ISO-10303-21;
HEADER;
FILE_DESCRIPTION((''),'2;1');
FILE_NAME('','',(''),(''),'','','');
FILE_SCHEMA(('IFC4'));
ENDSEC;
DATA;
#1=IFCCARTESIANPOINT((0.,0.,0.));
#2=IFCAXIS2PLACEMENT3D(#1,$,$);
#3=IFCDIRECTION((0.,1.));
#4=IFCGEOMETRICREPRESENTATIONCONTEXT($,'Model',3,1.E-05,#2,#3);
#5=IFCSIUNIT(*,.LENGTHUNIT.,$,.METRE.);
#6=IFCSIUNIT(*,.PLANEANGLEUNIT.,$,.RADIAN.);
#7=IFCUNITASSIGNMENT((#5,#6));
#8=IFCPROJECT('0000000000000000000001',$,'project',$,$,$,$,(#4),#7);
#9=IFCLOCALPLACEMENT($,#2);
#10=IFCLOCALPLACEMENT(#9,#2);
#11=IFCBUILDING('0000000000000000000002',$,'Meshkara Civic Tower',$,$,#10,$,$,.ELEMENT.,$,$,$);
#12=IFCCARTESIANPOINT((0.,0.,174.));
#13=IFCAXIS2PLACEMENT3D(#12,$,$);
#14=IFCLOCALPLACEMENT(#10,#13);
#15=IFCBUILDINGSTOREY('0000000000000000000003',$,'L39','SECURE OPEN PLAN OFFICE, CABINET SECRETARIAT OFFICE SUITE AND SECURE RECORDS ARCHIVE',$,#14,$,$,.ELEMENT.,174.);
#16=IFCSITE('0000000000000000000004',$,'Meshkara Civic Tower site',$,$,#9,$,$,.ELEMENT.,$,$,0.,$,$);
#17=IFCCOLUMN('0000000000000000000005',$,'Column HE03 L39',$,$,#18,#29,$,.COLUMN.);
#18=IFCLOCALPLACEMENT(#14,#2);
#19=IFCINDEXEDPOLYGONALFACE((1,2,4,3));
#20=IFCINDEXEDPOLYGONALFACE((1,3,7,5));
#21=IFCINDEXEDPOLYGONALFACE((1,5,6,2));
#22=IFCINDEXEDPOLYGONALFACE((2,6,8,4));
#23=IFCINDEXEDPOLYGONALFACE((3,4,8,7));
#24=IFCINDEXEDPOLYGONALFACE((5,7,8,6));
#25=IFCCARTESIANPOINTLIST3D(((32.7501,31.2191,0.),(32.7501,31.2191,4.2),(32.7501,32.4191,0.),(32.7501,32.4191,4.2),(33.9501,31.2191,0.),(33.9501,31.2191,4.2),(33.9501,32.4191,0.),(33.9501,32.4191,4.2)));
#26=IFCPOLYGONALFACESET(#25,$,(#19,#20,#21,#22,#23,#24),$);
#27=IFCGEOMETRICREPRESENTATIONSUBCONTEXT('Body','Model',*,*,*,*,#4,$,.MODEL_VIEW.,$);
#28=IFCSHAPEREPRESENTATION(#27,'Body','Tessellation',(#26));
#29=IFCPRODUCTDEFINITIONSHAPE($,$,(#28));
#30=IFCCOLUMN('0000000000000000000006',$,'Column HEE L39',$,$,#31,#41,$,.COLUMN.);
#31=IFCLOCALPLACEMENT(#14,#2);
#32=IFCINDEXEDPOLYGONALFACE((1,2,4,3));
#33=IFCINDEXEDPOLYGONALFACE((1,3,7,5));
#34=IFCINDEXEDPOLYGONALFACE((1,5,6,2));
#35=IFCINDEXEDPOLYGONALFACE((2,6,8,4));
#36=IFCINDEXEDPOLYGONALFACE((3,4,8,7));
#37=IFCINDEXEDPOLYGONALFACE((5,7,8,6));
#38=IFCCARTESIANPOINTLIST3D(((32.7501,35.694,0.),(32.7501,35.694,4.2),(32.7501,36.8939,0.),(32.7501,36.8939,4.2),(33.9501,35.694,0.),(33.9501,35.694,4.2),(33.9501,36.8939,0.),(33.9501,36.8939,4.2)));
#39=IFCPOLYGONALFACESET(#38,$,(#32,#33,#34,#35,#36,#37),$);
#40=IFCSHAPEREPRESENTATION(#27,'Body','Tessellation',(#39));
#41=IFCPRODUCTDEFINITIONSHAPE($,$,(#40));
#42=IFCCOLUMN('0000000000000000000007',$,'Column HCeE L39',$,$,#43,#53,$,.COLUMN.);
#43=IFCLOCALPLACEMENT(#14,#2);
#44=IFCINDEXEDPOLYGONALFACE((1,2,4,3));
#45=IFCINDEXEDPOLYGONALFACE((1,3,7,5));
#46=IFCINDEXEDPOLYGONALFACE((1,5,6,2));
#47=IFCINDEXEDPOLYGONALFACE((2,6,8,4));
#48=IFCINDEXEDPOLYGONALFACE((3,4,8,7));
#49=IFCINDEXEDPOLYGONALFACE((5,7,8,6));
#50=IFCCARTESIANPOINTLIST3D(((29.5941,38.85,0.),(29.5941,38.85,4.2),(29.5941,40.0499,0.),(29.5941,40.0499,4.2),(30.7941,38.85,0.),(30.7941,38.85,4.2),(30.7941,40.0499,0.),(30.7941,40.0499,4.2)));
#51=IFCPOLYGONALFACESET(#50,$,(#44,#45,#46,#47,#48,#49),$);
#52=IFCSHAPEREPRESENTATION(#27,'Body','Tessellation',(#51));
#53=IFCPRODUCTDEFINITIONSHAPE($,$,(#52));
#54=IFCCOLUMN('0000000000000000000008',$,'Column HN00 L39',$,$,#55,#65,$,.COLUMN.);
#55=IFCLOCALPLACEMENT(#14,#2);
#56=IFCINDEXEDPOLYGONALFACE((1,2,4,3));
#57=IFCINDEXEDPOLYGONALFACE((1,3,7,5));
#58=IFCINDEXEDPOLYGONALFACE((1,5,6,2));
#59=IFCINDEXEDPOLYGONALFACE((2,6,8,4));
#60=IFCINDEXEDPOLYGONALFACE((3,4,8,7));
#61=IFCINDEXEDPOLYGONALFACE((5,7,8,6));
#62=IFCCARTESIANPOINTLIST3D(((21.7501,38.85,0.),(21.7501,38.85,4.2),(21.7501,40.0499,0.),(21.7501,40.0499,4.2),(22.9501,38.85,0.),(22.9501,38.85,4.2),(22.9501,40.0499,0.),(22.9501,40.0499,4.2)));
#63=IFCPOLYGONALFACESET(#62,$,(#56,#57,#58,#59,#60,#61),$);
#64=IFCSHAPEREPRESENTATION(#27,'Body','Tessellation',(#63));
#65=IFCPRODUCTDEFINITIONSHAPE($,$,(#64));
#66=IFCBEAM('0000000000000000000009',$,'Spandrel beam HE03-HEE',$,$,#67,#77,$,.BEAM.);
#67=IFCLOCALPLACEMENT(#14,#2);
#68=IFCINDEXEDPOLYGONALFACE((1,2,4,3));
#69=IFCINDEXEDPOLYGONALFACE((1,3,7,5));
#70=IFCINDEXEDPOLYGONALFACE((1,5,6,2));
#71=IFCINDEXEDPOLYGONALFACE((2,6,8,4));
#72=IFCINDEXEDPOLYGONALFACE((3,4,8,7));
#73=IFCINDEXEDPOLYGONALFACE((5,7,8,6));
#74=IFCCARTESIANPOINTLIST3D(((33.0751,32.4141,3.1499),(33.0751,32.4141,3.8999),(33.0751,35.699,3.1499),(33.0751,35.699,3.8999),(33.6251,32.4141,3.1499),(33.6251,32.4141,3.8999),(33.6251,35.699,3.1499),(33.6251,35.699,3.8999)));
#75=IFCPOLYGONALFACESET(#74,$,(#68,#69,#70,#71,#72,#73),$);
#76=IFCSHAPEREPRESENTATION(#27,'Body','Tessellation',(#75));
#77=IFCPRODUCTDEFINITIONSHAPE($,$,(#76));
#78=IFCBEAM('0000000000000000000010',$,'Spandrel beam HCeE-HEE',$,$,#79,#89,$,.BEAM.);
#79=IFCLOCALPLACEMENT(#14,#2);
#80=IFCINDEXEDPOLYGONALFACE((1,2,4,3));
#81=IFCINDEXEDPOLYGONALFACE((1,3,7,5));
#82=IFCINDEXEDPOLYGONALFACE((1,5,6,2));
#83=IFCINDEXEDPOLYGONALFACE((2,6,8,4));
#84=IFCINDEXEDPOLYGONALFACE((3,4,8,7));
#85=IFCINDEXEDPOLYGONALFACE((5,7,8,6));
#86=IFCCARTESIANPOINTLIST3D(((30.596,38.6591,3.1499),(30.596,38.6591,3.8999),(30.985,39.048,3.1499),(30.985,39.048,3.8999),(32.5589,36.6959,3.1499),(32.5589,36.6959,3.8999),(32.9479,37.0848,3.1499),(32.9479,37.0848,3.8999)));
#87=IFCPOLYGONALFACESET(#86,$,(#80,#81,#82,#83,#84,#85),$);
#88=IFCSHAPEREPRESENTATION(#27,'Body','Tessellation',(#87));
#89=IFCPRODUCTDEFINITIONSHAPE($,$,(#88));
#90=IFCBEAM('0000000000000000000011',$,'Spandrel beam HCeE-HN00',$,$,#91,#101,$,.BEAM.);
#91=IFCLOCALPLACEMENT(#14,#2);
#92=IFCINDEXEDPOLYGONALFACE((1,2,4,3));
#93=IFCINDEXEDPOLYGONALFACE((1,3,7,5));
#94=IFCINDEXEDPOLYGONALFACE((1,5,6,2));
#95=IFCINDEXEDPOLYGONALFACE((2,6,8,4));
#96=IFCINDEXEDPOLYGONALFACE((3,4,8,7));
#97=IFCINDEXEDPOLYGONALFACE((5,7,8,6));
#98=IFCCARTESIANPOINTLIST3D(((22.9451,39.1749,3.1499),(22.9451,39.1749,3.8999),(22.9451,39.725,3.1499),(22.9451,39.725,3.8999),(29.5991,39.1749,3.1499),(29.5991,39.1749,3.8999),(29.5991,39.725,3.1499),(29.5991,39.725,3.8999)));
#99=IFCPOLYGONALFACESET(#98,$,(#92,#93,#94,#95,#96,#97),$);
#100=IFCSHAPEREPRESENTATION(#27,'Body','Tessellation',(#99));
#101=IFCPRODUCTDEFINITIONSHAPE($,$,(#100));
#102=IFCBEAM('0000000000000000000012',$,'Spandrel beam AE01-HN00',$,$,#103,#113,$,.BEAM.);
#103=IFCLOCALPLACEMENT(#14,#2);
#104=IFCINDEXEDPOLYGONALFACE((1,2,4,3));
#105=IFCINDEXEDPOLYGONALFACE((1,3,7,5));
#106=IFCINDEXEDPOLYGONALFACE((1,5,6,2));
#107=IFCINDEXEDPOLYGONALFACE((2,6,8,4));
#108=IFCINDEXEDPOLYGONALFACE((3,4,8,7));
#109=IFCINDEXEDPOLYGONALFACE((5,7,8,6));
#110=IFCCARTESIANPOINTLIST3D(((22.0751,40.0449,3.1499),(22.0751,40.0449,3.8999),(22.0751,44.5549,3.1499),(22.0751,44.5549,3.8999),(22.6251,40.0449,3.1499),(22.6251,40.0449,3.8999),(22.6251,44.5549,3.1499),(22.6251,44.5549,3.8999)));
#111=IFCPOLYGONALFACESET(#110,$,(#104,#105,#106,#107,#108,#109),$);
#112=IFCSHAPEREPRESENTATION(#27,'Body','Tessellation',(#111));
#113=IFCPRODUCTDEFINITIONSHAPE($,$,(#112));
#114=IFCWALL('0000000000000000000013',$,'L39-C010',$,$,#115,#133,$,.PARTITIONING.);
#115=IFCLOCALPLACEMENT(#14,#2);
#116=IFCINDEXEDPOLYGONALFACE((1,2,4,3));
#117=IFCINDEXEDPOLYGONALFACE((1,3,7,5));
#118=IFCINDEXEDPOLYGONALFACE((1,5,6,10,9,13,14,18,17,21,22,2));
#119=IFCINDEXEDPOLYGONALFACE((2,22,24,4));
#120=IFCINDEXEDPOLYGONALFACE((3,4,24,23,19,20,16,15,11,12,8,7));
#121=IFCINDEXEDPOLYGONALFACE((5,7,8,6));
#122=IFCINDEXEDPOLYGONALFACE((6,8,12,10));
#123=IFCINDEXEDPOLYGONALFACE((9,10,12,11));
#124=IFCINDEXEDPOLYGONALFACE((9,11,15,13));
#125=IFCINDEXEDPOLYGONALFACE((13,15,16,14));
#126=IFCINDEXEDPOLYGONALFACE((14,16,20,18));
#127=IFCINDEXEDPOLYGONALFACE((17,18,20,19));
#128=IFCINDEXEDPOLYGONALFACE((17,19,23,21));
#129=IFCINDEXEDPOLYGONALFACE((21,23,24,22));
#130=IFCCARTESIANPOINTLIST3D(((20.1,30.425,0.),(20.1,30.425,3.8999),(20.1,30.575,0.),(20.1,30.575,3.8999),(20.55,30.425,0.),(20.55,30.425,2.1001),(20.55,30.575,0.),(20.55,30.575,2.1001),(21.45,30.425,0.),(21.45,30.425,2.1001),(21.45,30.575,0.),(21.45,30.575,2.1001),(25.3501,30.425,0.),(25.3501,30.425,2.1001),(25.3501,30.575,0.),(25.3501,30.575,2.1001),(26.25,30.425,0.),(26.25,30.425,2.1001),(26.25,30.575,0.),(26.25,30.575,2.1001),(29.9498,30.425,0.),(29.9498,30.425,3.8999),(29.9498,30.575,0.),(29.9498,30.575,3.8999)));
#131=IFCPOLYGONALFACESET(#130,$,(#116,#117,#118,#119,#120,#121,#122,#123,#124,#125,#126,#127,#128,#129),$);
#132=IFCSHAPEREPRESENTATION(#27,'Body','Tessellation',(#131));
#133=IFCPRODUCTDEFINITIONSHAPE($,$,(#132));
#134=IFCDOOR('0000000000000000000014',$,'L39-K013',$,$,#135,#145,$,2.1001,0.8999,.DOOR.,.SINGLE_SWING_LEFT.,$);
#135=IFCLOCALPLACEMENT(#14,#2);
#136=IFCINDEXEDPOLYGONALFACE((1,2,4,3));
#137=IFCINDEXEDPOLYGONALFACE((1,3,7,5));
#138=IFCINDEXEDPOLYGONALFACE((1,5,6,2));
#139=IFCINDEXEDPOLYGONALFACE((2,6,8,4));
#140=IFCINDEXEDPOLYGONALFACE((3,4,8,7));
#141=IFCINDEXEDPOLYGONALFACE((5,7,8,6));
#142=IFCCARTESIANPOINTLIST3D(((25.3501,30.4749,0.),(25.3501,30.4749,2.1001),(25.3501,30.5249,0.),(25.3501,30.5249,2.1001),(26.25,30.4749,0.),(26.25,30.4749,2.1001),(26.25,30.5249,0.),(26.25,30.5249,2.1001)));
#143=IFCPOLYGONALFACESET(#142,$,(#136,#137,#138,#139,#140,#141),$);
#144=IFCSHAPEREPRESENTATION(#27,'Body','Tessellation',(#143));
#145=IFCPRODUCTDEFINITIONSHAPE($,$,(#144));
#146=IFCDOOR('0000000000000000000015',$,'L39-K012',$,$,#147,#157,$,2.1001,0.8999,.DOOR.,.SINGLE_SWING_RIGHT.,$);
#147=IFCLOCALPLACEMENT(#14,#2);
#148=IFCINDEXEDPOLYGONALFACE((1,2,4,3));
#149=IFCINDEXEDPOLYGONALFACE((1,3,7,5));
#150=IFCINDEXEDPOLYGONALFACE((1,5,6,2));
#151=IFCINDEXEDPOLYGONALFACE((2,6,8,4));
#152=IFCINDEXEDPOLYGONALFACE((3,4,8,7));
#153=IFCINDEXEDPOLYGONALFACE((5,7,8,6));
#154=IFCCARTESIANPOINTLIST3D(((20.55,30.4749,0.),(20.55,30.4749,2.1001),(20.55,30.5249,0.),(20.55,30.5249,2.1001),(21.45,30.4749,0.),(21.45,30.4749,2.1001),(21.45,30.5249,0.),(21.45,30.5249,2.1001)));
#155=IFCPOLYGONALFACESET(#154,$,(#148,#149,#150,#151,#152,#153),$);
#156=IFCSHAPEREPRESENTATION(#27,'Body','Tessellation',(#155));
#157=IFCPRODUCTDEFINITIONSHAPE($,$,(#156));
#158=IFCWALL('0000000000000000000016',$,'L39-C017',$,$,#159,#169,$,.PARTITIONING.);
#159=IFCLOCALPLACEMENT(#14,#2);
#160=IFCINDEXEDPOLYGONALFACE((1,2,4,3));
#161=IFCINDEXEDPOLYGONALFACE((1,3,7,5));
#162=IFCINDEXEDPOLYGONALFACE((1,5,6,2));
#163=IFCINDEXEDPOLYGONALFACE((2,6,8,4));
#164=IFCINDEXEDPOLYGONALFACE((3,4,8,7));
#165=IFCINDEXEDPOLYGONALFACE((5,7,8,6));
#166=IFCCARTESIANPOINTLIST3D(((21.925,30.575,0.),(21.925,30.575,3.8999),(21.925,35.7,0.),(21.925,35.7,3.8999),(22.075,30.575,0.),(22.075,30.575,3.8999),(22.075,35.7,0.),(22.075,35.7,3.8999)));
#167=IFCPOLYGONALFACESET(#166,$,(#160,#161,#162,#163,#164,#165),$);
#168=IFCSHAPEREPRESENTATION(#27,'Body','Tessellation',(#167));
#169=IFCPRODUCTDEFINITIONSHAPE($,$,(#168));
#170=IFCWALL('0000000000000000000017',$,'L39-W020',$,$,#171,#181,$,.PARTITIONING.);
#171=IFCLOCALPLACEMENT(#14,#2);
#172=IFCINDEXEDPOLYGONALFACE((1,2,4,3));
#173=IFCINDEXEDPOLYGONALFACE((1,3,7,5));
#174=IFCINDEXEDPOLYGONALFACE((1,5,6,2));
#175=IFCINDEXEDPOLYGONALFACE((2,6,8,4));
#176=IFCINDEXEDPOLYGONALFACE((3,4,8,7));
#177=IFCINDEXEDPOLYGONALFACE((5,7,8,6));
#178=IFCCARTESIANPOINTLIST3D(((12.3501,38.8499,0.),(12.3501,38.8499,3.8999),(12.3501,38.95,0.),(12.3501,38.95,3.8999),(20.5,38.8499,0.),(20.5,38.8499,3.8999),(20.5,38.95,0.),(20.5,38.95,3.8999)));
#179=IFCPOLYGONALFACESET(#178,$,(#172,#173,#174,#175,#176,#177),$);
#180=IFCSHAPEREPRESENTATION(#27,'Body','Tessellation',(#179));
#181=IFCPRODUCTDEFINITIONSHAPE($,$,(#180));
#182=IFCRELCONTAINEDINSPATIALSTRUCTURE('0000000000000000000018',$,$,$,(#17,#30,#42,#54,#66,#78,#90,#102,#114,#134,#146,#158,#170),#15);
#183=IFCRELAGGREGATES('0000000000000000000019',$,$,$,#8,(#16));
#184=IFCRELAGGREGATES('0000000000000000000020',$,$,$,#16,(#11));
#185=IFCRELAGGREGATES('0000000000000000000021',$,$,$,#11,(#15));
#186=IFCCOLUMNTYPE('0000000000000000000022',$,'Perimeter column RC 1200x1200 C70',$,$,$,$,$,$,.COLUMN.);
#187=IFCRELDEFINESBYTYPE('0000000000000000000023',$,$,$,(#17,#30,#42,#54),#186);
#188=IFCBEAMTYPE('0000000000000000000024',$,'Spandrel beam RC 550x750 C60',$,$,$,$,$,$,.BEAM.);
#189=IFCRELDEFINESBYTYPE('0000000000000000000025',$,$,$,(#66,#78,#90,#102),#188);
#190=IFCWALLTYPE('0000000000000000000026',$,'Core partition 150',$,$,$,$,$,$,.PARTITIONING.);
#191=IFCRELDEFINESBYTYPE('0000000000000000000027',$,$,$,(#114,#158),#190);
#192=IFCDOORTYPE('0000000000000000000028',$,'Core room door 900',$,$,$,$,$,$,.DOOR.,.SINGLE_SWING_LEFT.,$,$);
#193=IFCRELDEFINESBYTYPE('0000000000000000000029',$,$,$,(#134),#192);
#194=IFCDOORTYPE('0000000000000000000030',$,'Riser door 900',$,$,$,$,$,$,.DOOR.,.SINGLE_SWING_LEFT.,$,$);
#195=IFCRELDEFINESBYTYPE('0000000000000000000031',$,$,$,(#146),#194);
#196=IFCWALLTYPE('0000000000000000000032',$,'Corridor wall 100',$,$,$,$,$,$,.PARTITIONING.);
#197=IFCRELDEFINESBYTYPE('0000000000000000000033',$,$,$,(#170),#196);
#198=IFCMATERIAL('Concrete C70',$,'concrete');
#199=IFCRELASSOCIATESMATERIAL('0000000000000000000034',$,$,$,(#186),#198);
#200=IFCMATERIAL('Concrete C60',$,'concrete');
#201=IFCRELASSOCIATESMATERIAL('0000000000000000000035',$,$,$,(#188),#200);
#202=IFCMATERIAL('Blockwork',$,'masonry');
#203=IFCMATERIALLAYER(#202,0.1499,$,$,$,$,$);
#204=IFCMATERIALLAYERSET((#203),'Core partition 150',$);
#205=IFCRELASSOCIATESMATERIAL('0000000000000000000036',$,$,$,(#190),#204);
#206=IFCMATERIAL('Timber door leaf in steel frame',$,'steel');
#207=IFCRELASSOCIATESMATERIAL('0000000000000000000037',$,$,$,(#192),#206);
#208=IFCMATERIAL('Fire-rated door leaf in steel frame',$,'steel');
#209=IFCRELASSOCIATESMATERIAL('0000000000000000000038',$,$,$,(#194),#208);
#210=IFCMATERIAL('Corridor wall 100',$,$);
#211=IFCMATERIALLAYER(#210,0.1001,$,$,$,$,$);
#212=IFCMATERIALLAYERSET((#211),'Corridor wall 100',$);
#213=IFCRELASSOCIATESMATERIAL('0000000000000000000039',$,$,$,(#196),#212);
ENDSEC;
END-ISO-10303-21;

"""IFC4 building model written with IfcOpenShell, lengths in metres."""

from ifc_helpers import new_model, si_unit, direction, frame, frame_2d, origin, origin_2d, place, context, subcontext, project, spatial, rectangle, extrude, material, layer, layer_set, material_profile, profile_set, type_object, element, fill, save


model = new_model("IFC4")

# Units and contexts
model_context = context("Model", 3, precision=1e-05, world=origin(), true_north=direction((0.0, 1.0)))
body_context = subcontext(model_context, "Body", "Model", "MODEL_VIEW")
ifc_project = project(units=[si_unit("LENGTHUNIT", "METRE"), si_unit("PLANEANGLEUNIT", "RADIAN")], contexts=[model_context])

# Site, building, storey
site_placement = place(None, origin())
site = spatial("IfcSite", under=ifc_project, at=site_placement, Name="Meshkara Civic Tower site", CompositionType="ELEMENT", RefElevation=0.0)
building_placement = place(site_placement, origin())
building = spatial("IfcBuilding", under=site, at=building_placement, Name="Meshkara Civic Tower", CompositionType="ELEMENT")
storey_placement = place(building_placement, frame((0.0, 0.0, 174.0)))
storey = spatial("IfcBuildingStorey", under=building, at=storey_placement, Name="L39", Description="SECURE OPEN PLAN OFFICE, CABINET SECRETARIAT OFFICE SUITE AND SECURE RECORDS ARCHIVE", CompositionType="ELEMENT", Elevation=174.0)

# Columns
ifc_material_1 = material(Name="Concrete C70", Category="concrete")
ifc_material_profile_1 = material_profile(ifc_material_1, rectangle(XDim=1.2, YDim=1.2, at=origin_2d()))
ifc_profile_set_1 = profile_set([ifc_material_profile_1], Name="Concrete C70")
column_type = type_object("IfcColumnType", Name="Perimeter column RC 1200x1200 C70", PredefinedType="COLUMN", material=ifc_profile_set_1)
for number, where, z_axis, x_axis, name in (
    (1, (33.3501, 31.8191, 0.0), (0.0, 0.0, 1.0), (1.0, 0.0, 0.0), "Column HE03 L39"),
    (2, (33.3501, 36.2939, 0.0), (0.0, 0.0, 1.0), (1.0, 0.0, 0.0), "Column HEE L39"),
    (3, (30.1941, 39.45, 0.0), (0.0, 0.0, 1.0), (1.0, 0.0, 0.0), "Column HCeE L39"),
    (4, (22.3501, 39.45, 0.0), (0.0, 0.0, 1.0), (1.0, 0.0, 0.0), "Column HN00 L39"),
):
    element("IfcColumn", number, at=place(storey_placement, frame(where, z_axis=z_axis, x_axis=x_axis)), inside=storey, type_object=column_type, Name=name, PredefinedType="COLUMN", context=body_context, shape_type="SweptSolid", body=[
        extrude(rectangle(XDim=1.2, YDim=1.2, at=origin_2d()), origin(), (0.0, 0.0, 1.0), 4.2),
    ])

# Beams
ifc_material_2 = material(Name="Concrete C60", Category="concrete")
ifc_material_profile_2 = material_profile(ifc_material_2, rectangle(XDim=0.55, YDim=0.75, at=origin_2d()))
ifc_profile_set_2 = profile_set([ifc_material_profile_2], Name="Concrete C60")
beam_type = type_object("IfcBeamType", Name="Spandrel beam RC 550x750 C60", PredefinedType="BEAM", material=ifc_profile_set_2)
beam_1_placement = place(storey_placement, frame((33.3501, 32.4141, 3.5249), z_axis=(0.0, 1.0, 0.0), x_axis=(-1.0, 0.0, 0.0)))
element("IfcBeam", 5, at=beam_1_placement, inside=storey, type_object=beam_type, Name="Spandrel beam HE03-HEE", PredefinedType="BEAM", context=body_context, shape_type="SweptSolid", body=[
    extrude(rectangle(XDim=0.55, YDim=0.75, at=origin_2d()), origin(), (0.0, 0.0, 1.0), 3.2849),
])
beam_2_placement = place(storey_placement, frame((32.7534, 36.8904, 3.5249), z_axis=(-0.707063, 0.707151, 0.0), x_axis=(-0.707151, -0.707063, 0.0)))
element("IfcBeam", 6, at=beam_2_placement, inside=storey, type_object=beam_type, Name="Spandrel beam HCeE-HEE", PredefinedType="BEAM", context=body_context, shape_type="SweptSolid", body=[
    extrude(rectangle(XDim=0.55, YDim=0.75, at=origin_2d()), origin(), (0.0, 0.0, 1.0), 2.7761),
])
beam_3_placement = place(storey_placement, frame((29.5991, 39.45, 3.5249), z_axis=(-1.0, 0.0, 0.0), x_axis=(0.0, -1.0, 0.0)))
element("IfcBeam", 7, at=beam_3_placement, inside=storey, type_object=beam_type, Name="Spandrel beam HCeE-HN00", PredefinedType="BEAM", context=body_context, shape_type="SweptSolid", body=[
    extrude(rectangle(XDim=0.55, YDim=0.75, at=origin_2d()), origin(), (0.0, 0.0, 1.0), 6.6541),
])
beam_4_placement = place(storey_placement, frame((22.3501, 40.0449, 3.5249), z_axis=(0.0, 1.0, 0.0), x_axis=(-1.0, 0.0, 0.0)))
element("IfcBeam", 8, at=beam_4_placement, inside=storey, type_object=beam_type, Name="Spandrel beam AE01-HN00", PredefinedType="BEAM", context=body_context, shape_type="SweptSolid", body=[
    extrude(rectangle(XDim=0.55, YDim=0.75, at=origin_2d()), origin(), (0.0, 0.0, 1.0), 4.51),
])

# Wall, openings, doors
ifc_material_3 = material(Name="Blockwork", Category="masonry")
ifc_layer_1 = layer(ifc_material_3, 0.1499)
ifc_layer_set_1 = layer_set([ifc_layer_1], Name="Core partition 150")
wall_type_1 = type_object("IfcWallType", Name="Core partition 150", PredefinedType="PARTITIONING", material=ifc_layer_set_1)
wall_1_placement = place(storey_placement, frame((20.1001, 30.5, 0.0), z_axis=(0.0, 0.0, 1.0), x_axis=(1.0, 0.0, 0.0)))
wall_1 = element("IfcWall", 9, at=wall_1_placement, inside=storey, type_object=wall_type_1, Name="L39-C010", PredefinedType="PARTITIONING", context=body_context, shape_type="SweptSolid", body=[
    extrude(rectangle(XDim=9.8499, YDim=0.1499, at=frame_2d((4.9248, 0.0))), origin(), (0.0, 0.0, 1.0), 3.8999),
])
opening_1_placement = place(wall_1_placement, frame((0.45, 0.0, 0.0)))
opening_1 = element("IfcOpeningElement", 10, at=opening_1_placement, cuts=wall_1, PredefinedType="OPENING", context=body_context, shape_type="SweptSolid", body=[
    extrude(rectangle(XDim=0.8999, YDim=2.1001, at=frame_2d((0.45, 1.05))), frame((0.0, 0.085, 0.0), z_axis=(0.0, -1.0, 0.0), x_axis=(1.0, 0.0, 0.0)), (0.0, 0.0, 1.0), 0.1699),
])
opening_2_placement = place(wall_1_placement, frame((5.25, 0.0, 0.0)))
opening_2 = element("IfcOpeningElement", 11, at=opening_2_placement, cuts=wall_1, PredefinedType="OPENING", context=body_context, shape_type="SweptSolid", body=[
    extrude(rectangle(XDim=0.8999, YDim=2.1001, at=frame_2d((0.45, 1.05))), frame((0.0, 0.085, 0.0), z_axis=(0.0, -1.0, 0.0), x_axis=(1.0, 0.0, 0.0)), (0.0, 0.0, 1.0), 0.1699),
])
ifc_material_4 = material(Name="Timber door leaf in steel frame", Category="steel")
door_type_1 = type_object("IfcDoorType", Name="Core room door 900", OperationType="SINGLE_SWING_LEFT", PredefinedType="DOOR", material=ifc_material_4)
door_1_placement = place(opening_2_placement, origin())
door_1 = element("IfcDoor", 12, at=door_1_placement, inside=storey, type_object=door_type_1, Name="L39-K013", OperationType="SINGLE_SWING_LEFT", OverallHeight=2.1001, OverallWidth=0.8999, PredefinedType="DOOR", context=body_context, shape_type="SweptSolid", body=[
    extrude(rectangle(XDim=0.8999, YDim=2.1001, at=frame_2d((0.45, 1.05))), frame((0.0, 0.0249, 0.0), z_axis=(0.0, -1.0, 0.0), x_axis=(1.0, 0.0, 0.0)), (0.0, 0.0, 1.0), 0.05),
])
fill(opening_2, door_1)
ifc_material_5 = material(Name="Fire-rated door leaf in steel frame", Category="steel")
door_type_2 = type_object("IfcDoorType", Name="Riser door 900", OperationType="SINGLE_SWING_LEFT", PredefinedType="DOOR", material=ifc_material_5)
door_2_placement = place(opening_1_placement, origin())
door_2 = element("IfcDoor", 13, at=door_2_placement, inside=storey, type_object=door_type_2, Name="L39-K012", OperationType="SINGLE_SWING_RIGHT", OverallHeight=2.1001, OverallWidth=0.8999, PredefinedType="DOOR", context=body_context, shape_type="SweptSolid", body=[
    extrude(rectangle(XDim=0.8999, YDim=2.1001, at=frame_2d((0.45, 1.05))), frame((0.0, 0.0249, 0.0), z_axis=(0.0, -1.0, 0.0), x_axis=(1.0, 0.0, 0.0)), (0.0, 0.0, 1.0), 0.05),
])
fill(opening_1, door_2)

# Walls
wall_2_placement = place(storey_placement, frame((22.0, 30.575, 0.0), z_axis=(0.0, 0.0, 1.0), x_axis=(0.0, 1.0, 0.0)))
element("IfcWall", 14, at=wall_2_placement, inside=storey, type_object=wall_type_1, Name="L39-C017", PredefinedType="PARTITIONING", context=body_context, shape_type="SweptSolid", body=[
    extrude(rectangle(XDim=5.125, YDim=0.1499, at=frame_2d((2.5625, 0.0))), origin(), (0.0, 0.0, 1.0), 3.8999),
])
ifc_material_6 = material(Name="Corridor wall 100")
ifc_layer_2 = layer(ifc_material_6, 0.1001)
ifc_layer_set_2 = layer_set([ifc_layer_2], Name="Corridor wall 100")
wall_type_2 = type_object("IfcWallType", Name="Corridor wall 100", PredefinedType="PARTITIONING", material=ifc_layer_set_2)
wall_3_placement = place(storey_placement, frame((20.5, 38.8999, 0.0), z_axis=(0.0, 0.0, 1.0), x_axis=(-1.0, 0.0, 0.0)))
element("IfcWall", 15, at=wall_3_placement, inside=storey, type_object=wall_type_2, Name="L39-W020", PredefinedType="PARTITIONING", context=body_context, shape_type="SweptSolid", body=[
    extrude(rectangle(XDim=8.1499, YDim=0.1001, at=frame_2d((4.075, 0.0))), origin(), (0.0, 0.0, 1.0), 3.8999),
])

save(model, "model.ifc")
